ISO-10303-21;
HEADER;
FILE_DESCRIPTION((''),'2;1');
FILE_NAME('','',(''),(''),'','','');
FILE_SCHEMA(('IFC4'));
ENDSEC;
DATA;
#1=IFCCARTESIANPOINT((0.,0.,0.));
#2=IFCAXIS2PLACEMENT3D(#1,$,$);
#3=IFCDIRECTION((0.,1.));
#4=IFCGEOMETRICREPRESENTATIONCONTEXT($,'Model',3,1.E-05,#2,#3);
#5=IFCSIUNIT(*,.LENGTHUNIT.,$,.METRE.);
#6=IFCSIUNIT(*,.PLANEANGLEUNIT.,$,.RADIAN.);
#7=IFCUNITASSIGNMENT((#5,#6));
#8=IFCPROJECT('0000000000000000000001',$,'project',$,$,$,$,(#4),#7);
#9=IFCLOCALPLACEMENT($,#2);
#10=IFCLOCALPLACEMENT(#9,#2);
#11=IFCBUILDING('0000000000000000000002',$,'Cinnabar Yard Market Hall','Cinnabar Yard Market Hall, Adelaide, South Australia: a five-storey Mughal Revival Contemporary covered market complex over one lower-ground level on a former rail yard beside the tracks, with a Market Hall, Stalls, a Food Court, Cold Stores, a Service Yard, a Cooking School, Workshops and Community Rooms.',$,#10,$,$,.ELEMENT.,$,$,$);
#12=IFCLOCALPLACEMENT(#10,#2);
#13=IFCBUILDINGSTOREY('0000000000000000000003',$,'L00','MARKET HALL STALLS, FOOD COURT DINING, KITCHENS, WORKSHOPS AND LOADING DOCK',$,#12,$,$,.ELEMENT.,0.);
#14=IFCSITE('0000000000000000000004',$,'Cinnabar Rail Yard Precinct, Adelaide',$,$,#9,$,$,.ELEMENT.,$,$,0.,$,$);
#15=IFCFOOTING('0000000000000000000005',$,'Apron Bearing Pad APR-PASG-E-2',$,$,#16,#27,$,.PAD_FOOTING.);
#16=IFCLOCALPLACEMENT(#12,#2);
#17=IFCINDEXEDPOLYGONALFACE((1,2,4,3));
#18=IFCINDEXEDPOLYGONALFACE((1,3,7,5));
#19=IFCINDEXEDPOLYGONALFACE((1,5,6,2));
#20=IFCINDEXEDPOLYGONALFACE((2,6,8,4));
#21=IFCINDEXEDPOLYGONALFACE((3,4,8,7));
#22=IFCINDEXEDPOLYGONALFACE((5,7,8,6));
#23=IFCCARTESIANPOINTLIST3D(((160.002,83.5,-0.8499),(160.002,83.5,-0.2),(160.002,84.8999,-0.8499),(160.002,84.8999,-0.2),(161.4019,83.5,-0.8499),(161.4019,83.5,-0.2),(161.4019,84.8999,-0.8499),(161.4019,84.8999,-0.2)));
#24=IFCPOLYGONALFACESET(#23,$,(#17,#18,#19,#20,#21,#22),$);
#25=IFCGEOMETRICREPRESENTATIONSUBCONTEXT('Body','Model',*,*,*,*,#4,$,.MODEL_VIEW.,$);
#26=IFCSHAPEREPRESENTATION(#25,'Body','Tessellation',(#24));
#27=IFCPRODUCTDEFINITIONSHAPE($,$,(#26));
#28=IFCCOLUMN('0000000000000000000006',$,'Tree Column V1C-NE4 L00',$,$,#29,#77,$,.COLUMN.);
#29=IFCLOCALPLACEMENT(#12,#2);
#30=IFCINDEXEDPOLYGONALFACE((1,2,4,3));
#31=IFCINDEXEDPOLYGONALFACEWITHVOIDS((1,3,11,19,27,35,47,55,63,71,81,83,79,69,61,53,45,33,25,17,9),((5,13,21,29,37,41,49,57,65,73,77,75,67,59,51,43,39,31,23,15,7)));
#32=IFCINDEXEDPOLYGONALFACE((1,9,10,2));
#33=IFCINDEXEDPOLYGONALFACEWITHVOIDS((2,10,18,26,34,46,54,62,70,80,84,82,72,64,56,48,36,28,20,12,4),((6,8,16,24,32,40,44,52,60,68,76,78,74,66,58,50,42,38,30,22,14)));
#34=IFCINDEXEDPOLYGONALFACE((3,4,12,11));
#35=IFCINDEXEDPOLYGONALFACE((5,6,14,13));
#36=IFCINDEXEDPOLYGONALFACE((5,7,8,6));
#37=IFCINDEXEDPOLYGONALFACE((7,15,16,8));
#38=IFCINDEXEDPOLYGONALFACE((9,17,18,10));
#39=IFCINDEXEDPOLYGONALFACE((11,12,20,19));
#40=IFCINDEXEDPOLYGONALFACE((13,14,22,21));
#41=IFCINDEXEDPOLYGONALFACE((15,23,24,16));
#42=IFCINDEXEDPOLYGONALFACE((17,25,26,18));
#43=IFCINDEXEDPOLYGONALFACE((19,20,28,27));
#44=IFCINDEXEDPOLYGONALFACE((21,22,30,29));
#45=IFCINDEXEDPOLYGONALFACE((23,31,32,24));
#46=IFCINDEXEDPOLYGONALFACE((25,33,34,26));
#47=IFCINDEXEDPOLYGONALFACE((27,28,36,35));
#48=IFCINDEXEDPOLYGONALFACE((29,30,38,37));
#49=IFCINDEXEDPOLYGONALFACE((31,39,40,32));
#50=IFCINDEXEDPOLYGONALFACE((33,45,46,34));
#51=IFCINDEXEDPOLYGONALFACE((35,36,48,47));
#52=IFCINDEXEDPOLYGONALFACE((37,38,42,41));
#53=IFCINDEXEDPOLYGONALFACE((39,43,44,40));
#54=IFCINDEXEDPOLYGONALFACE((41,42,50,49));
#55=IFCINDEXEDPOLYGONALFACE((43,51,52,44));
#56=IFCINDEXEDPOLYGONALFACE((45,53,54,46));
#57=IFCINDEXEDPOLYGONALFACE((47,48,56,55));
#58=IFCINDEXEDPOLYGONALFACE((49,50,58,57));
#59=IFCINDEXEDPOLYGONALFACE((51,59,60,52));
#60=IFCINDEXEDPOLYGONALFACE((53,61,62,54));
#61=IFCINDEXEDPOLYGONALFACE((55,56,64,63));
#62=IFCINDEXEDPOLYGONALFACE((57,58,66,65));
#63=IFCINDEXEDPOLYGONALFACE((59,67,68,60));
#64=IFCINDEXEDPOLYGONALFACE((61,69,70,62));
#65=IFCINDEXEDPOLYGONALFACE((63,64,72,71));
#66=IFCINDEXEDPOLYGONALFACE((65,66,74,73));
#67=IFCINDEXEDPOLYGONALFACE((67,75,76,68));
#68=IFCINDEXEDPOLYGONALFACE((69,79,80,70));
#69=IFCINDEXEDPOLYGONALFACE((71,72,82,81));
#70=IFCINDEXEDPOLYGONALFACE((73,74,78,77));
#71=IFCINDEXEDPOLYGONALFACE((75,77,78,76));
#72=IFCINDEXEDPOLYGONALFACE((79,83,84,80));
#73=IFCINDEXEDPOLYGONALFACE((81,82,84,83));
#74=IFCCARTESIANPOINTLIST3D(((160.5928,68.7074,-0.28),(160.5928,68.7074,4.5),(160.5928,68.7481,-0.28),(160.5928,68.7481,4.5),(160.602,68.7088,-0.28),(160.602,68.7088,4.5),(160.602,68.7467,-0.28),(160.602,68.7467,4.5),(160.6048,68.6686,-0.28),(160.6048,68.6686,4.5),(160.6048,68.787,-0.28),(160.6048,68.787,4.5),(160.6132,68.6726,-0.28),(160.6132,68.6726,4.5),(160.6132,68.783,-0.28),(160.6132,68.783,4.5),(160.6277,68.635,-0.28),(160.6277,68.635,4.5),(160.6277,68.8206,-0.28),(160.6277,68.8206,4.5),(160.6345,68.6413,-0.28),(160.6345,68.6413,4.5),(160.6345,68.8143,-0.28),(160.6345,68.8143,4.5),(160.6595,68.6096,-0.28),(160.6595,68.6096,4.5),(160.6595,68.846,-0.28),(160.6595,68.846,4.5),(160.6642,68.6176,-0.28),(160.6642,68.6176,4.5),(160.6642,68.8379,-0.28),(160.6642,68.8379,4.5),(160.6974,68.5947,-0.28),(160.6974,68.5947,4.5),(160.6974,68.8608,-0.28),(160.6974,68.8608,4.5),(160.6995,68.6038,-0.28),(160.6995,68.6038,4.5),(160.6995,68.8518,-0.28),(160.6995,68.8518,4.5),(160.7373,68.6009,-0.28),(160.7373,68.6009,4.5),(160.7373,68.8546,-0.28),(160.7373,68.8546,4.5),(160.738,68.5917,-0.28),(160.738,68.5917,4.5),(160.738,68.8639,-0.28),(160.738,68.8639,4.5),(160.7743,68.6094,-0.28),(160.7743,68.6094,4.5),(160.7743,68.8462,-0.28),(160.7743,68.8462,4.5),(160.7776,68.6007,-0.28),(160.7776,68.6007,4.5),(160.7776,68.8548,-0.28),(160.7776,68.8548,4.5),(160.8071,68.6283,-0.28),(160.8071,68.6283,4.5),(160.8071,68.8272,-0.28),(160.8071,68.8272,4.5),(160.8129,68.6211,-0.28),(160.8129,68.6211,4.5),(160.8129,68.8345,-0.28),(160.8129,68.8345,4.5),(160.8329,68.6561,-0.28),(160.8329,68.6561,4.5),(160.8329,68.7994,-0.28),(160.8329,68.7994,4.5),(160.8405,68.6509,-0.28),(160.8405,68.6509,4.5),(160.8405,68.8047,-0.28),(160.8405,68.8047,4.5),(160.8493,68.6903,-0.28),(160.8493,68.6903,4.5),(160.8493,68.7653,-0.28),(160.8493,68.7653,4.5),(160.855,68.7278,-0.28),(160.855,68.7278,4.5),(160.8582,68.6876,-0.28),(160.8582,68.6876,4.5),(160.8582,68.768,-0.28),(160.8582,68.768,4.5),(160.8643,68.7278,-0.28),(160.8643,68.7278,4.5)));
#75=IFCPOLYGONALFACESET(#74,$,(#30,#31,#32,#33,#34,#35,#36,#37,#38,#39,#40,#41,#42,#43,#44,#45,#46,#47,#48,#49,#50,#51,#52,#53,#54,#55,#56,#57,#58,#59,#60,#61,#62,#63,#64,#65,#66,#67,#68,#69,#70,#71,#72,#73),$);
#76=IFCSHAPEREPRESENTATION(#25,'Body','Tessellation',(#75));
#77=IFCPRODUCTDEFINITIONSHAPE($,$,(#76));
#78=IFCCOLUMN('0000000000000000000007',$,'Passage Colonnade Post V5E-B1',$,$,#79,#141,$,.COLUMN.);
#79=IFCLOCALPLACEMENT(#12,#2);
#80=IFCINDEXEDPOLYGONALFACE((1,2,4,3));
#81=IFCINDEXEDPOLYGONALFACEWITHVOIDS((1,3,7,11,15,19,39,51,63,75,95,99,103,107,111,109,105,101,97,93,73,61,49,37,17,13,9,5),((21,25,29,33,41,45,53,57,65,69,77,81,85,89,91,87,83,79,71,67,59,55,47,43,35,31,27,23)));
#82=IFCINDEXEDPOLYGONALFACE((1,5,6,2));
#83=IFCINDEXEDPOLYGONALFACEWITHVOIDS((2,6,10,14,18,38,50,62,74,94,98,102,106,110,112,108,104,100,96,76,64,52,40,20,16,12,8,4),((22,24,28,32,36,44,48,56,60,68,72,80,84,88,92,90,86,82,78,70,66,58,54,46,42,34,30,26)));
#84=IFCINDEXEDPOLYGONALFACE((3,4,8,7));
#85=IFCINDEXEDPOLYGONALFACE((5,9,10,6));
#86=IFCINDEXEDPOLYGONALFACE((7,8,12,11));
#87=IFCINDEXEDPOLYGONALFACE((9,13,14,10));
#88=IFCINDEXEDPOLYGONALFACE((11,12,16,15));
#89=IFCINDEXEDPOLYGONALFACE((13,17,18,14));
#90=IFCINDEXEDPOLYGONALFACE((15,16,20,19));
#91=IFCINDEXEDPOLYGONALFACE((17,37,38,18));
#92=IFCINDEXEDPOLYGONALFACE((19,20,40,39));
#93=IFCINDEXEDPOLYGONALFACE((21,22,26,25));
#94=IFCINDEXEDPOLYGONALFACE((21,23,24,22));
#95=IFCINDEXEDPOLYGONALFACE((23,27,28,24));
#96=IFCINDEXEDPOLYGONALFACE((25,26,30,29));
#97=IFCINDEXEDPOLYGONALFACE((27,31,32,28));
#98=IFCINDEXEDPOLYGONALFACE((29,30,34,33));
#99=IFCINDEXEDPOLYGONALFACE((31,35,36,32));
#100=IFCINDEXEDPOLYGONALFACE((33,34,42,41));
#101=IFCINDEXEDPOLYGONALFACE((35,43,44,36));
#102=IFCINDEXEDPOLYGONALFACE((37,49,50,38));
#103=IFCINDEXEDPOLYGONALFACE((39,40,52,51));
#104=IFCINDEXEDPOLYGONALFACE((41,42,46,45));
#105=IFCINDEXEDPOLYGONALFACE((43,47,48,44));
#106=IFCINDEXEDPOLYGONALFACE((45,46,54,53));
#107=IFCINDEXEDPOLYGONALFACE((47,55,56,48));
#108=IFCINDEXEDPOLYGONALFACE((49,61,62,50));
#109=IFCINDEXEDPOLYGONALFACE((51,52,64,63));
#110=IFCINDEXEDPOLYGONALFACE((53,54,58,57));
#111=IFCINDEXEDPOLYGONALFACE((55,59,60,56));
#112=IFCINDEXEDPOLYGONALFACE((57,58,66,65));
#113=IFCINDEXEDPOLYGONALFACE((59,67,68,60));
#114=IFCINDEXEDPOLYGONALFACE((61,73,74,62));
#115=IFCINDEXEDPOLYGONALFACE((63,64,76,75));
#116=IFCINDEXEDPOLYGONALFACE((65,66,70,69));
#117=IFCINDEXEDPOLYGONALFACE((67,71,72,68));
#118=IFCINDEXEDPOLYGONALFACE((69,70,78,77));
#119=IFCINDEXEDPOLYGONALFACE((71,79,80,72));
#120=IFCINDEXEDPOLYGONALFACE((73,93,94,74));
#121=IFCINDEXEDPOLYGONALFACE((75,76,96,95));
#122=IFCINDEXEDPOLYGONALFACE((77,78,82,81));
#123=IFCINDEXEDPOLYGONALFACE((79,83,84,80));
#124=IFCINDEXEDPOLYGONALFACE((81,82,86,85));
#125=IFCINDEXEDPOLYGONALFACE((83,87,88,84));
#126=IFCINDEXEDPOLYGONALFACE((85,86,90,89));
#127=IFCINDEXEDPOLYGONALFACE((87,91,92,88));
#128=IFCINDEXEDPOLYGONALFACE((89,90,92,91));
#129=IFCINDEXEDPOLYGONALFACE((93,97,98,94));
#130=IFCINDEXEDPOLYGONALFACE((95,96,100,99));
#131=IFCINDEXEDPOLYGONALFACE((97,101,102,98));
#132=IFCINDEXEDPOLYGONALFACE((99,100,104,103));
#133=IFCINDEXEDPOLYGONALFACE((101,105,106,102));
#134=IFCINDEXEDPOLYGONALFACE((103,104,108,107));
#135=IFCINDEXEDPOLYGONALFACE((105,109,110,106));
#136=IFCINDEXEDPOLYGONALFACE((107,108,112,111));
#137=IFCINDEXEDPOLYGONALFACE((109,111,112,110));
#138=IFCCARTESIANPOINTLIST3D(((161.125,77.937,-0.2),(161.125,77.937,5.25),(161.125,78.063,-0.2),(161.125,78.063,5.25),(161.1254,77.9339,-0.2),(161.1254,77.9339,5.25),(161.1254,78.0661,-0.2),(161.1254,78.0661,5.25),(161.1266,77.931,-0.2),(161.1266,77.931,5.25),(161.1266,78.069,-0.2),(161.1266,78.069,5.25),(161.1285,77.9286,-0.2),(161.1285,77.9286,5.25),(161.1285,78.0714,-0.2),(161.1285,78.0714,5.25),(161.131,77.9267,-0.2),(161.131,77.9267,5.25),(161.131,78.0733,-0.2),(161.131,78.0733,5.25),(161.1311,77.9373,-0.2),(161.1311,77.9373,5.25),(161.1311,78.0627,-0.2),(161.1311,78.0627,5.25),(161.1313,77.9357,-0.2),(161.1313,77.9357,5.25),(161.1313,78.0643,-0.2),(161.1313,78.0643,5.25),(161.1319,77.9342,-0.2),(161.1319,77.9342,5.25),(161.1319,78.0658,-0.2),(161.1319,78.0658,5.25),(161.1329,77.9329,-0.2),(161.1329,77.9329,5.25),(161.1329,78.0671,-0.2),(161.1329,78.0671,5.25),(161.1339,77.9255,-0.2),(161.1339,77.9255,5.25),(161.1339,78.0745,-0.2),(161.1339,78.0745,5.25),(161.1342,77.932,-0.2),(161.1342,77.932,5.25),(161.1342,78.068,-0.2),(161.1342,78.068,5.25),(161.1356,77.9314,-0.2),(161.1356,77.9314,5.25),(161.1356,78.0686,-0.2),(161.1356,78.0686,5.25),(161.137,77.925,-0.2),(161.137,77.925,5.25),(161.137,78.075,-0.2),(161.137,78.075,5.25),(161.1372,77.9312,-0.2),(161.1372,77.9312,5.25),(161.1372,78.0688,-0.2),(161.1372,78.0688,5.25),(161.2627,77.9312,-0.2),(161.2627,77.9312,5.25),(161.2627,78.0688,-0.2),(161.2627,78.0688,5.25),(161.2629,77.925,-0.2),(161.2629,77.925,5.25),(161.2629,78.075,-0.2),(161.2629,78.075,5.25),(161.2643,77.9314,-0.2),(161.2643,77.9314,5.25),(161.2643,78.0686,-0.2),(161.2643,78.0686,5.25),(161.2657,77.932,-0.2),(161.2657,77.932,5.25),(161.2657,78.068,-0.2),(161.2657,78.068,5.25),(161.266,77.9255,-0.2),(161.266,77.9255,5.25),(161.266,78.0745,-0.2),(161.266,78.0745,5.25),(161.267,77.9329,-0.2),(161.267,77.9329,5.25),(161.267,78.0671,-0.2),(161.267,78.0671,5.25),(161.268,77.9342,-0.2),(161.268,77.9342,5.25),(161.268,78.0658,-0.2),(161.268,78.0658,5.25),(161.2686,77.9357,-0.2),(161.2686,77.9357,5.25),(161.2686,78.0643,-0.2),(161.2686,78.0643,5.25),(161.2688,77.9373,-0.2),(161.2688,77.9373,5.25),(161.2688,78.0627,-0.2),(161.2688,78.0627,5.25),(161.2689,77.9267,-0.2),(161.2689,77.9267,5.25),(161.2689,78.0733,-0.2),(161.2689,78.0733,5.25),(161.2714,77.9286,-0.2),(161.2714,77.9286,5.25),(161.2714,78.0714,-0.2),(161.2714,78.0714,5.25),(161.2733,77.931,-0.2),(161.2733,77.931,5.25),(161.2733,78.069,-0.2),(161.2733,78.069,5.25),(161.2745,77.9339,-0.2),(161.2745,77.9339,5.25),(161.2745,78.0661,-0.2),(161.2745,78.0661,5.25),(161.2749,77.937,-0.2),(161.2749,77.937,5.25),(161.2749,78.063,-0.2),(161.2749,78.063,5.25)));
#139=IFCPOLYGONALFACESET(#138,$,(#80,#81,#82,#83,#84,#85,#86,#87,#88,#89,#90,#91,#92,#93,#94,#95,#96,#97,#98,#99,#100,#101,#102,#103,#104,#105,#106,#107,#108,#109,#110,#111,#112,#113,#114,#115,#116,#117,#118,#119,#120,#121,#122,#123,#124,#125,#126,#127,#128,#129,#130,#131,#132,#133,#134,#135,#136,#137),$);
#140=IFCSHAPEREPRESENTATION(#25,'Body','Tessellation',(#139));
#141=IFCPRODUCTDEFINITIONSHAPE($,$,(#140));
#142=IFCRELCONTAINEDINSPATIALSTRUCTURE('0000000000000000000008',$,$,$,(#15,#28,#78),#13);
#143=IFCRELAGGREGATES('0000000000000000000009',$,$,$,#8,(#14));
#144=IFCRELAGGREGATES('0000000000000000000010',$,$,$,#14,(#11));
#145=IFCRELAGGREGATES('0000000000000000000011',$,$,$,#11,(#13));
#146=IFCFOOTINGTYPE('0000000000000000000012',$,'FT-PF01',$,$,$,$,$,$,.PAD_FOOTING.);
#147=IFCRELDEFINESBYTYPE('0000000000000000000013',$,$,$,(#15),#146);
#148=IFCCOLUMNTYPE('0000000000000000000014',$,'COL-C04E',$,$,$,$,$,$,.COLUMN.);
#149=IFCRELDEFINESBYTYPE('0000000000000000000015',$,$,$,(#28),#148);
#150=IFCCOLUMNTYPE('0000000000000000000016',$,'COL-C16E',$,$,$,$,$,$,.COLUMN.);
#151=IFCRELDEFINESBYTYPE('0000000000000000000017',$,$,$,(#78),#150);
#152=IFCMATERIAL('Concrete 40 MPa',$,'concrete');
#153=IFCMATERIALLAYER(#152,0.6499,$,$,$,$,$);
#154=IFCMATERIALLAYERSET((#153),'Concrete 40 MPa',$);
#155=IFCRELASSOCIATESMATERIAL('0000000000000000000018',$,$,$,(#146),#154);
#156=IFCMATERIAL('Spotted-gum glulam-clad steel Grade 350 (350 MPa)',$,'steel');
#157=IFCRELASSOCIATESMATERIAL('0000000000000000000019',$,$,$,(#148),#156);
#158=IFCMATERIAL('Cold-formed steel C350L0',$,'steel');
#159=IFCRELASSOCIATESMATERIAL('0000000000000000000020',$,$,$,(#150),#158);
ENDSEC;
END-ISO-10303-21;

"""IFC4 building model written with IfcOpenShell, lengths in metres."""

from ifc_helpers import new_model, si_unit, direction, frame, origin, origin_2d_with_axis, place, context, subcontext, project, spatial, rectangle, hollow_rectangle, hollow_circle, extrude, material, layer, layer_set, material_profile, profile_set, type_object, element, save


model = new_model("IFC4")

# Units and contexts
model_context = context("Model", 3, precision=1e-05, world=origin(), true_north=direction((0.0, 1.0)))
body_context = subcontext(model_context, "Body", "Model", "MODEL_VIEW")
ifc_project = project(units=[si_unit("LENGTHUNIT", "METRE"), si_unit("PLANEANGLEUNIT", "RADIAN")], contexts=[model_context])

# Site, building, storey
site_placement = place(None, origin())
site = spatial("IfcSite", under=ifc_project, at=site_placement, Name="Cinnabar Rail Yard Precinct, Adelaide", CompositionType="ELEMENT", RefElevation=0.0)
building_placement = place(site_placement, origin())
building = spatial("IfcBuilding", under=site, at=building_placement, Name="Cinnabar Yard Market Hall", Description="Cinnabar Yard Market Hall, Adelaide, South Australia: a five-storey Mughal Revival Contemporary covered market complex over one lower-ground level on a former rail yard beside the tracks, with a Market Hall, Stalls, a Food Court, Cold Stores, a Service Yard, a Cooking School, Workshops and Community Rooms.", CompositionType="ELEMENT")
storey_placement = place(building_placement, origin())
storey = spatial("IfcBuildingStorey", under=building, at=storey_placement, Name="L00", Description="MARKET HALL STALLS, FOOD COURT DINING, KITCHENS, WORKSHOPS AND LOADING DOCK", CompositionType="ELEMENT", Elevation=0.0)

# Footing
ifc_material_1 = material(Name="Concrete 40 MPa", Category="concrete")
ifc_layer_1 = layer(ifc_material_1, 0.6499)
ifc_layer_set_1 = layer_set([ifc_layer_1], Name="Concrete 40 MPa")
footing_type = type_object("IfcFootingType", Name="FT-PF01", PredefinedType="PAD_FOOTING", material=ifc_layer_set_1)
footing_placement = place(storey_placement, frame((160.7019, 84.2, -0.8499), z_axis=(0.0, 0.0, 1.0), x_axis=(1.0, 0.0, 0.0)))
element("IfcFooting", 1, at=footing_placement, inside=storey, type_object=footing_type, Name="Apron Bearing Pad APR-PASG-E-2", PredefinedType="PAD_FOOTING", context=body_context, shape_type="SweptSolid", body=[
    extrude(rectangle(XDim=1.3999, YDim=1.3999, at=origin_2d_with_axis()), origin(), (0.0, 0.0, 1.0), 0.6499),
])

# Columns
ifc_material_2 = material(Name="Spotted-gum glulam-clad steel Grade 350 (350 MPa)", Category="steel")
ifc_material_profile_1 = material_profile(ifc_material_2, hollow_circle(Radius=0.1365, WallThickness=0.0093, at=origin_2d_with_axis()), Name="273.1x9.3CHS")
ifc_profile_set_1 = profile_set([ifc_material_profile_1], Name="Spotted-gum glulam-clad steel Grade 350 (350 MPa)")
column_type_1 = type_object("IfcColumnType", Name="COL-C04E", PredefinedType="COLUMN", material=ifc_profile_set_1)
column_placement = place(storey_placement, frame((160.7278, 68.7278, -0.28), z_axis=(0.0, 0.0, 1.0), x_axis=(1.0, 0.0, 0.0)))
element("IfcColumn", 2, at=column_placement, inside=storey, type_object=column_type_1, Name="Tree Column V1C-NE4 L00", PredefinedType="COLUMN", context=body_context, shape_type="SweptSolid", body=[
    extrude(hollow_circle(Radius=0.1365, WallThickness=0.0093, at=origin_2d_with_axis()), origin(), (0.0, 0.0, 1.0), 4.78),
])
ifc_material_3 = material(Name="Cold-formed steel C350L0", Category="steel")
ifc_material_profile_2 = material_profile(ifc_material_3, hollow_rectangle(XDim=0.1499, YDim=0.1499, WallThickness=0.0061, InnerFilletRadius=0.0061, OuterFilletRadius=0.012, at=origin_2d_with_axis()), Name="150x150x6.0SHS")
ifc_profile_set_2 = profile_set([ifc_material_profile_2], Name="Cold-formed steel C350L0")
column_type_2 = type_object("IfcColumnType", Name="COL-C16E", PredefinedType="COLUMN", material=ifc_profile_set_2)
for number, where, z_axis, x_axis, name in (
    (3, (161.2, 78.0, -0.2), (0.0, 0.0, 1.0), (1.0, 0.0, 0.0), "Passage Colonnade Post V5E-B1"),
):
    element("IfcColumn", number, at=place(storey_placement, frame(where, z_axis=z_axis, x_axis=x_axis)), inside=storey, type_object=column_type_2, Name=name, PredefinedType="COLUMN", context=body_context, shape_type="SweptSolid", body=[
        extrude(hollow_rectangle(XDim=0.1499, YDim=0.1499, WallThickness=0.0061, InnerFilletRadius=0.0061, OuterFilletRadius=0.012, at=origin_2d_with_axis()), origin(), (0.0, 0.0, 1.0), 5.45),
    ])

save(model, "model.ifc")
